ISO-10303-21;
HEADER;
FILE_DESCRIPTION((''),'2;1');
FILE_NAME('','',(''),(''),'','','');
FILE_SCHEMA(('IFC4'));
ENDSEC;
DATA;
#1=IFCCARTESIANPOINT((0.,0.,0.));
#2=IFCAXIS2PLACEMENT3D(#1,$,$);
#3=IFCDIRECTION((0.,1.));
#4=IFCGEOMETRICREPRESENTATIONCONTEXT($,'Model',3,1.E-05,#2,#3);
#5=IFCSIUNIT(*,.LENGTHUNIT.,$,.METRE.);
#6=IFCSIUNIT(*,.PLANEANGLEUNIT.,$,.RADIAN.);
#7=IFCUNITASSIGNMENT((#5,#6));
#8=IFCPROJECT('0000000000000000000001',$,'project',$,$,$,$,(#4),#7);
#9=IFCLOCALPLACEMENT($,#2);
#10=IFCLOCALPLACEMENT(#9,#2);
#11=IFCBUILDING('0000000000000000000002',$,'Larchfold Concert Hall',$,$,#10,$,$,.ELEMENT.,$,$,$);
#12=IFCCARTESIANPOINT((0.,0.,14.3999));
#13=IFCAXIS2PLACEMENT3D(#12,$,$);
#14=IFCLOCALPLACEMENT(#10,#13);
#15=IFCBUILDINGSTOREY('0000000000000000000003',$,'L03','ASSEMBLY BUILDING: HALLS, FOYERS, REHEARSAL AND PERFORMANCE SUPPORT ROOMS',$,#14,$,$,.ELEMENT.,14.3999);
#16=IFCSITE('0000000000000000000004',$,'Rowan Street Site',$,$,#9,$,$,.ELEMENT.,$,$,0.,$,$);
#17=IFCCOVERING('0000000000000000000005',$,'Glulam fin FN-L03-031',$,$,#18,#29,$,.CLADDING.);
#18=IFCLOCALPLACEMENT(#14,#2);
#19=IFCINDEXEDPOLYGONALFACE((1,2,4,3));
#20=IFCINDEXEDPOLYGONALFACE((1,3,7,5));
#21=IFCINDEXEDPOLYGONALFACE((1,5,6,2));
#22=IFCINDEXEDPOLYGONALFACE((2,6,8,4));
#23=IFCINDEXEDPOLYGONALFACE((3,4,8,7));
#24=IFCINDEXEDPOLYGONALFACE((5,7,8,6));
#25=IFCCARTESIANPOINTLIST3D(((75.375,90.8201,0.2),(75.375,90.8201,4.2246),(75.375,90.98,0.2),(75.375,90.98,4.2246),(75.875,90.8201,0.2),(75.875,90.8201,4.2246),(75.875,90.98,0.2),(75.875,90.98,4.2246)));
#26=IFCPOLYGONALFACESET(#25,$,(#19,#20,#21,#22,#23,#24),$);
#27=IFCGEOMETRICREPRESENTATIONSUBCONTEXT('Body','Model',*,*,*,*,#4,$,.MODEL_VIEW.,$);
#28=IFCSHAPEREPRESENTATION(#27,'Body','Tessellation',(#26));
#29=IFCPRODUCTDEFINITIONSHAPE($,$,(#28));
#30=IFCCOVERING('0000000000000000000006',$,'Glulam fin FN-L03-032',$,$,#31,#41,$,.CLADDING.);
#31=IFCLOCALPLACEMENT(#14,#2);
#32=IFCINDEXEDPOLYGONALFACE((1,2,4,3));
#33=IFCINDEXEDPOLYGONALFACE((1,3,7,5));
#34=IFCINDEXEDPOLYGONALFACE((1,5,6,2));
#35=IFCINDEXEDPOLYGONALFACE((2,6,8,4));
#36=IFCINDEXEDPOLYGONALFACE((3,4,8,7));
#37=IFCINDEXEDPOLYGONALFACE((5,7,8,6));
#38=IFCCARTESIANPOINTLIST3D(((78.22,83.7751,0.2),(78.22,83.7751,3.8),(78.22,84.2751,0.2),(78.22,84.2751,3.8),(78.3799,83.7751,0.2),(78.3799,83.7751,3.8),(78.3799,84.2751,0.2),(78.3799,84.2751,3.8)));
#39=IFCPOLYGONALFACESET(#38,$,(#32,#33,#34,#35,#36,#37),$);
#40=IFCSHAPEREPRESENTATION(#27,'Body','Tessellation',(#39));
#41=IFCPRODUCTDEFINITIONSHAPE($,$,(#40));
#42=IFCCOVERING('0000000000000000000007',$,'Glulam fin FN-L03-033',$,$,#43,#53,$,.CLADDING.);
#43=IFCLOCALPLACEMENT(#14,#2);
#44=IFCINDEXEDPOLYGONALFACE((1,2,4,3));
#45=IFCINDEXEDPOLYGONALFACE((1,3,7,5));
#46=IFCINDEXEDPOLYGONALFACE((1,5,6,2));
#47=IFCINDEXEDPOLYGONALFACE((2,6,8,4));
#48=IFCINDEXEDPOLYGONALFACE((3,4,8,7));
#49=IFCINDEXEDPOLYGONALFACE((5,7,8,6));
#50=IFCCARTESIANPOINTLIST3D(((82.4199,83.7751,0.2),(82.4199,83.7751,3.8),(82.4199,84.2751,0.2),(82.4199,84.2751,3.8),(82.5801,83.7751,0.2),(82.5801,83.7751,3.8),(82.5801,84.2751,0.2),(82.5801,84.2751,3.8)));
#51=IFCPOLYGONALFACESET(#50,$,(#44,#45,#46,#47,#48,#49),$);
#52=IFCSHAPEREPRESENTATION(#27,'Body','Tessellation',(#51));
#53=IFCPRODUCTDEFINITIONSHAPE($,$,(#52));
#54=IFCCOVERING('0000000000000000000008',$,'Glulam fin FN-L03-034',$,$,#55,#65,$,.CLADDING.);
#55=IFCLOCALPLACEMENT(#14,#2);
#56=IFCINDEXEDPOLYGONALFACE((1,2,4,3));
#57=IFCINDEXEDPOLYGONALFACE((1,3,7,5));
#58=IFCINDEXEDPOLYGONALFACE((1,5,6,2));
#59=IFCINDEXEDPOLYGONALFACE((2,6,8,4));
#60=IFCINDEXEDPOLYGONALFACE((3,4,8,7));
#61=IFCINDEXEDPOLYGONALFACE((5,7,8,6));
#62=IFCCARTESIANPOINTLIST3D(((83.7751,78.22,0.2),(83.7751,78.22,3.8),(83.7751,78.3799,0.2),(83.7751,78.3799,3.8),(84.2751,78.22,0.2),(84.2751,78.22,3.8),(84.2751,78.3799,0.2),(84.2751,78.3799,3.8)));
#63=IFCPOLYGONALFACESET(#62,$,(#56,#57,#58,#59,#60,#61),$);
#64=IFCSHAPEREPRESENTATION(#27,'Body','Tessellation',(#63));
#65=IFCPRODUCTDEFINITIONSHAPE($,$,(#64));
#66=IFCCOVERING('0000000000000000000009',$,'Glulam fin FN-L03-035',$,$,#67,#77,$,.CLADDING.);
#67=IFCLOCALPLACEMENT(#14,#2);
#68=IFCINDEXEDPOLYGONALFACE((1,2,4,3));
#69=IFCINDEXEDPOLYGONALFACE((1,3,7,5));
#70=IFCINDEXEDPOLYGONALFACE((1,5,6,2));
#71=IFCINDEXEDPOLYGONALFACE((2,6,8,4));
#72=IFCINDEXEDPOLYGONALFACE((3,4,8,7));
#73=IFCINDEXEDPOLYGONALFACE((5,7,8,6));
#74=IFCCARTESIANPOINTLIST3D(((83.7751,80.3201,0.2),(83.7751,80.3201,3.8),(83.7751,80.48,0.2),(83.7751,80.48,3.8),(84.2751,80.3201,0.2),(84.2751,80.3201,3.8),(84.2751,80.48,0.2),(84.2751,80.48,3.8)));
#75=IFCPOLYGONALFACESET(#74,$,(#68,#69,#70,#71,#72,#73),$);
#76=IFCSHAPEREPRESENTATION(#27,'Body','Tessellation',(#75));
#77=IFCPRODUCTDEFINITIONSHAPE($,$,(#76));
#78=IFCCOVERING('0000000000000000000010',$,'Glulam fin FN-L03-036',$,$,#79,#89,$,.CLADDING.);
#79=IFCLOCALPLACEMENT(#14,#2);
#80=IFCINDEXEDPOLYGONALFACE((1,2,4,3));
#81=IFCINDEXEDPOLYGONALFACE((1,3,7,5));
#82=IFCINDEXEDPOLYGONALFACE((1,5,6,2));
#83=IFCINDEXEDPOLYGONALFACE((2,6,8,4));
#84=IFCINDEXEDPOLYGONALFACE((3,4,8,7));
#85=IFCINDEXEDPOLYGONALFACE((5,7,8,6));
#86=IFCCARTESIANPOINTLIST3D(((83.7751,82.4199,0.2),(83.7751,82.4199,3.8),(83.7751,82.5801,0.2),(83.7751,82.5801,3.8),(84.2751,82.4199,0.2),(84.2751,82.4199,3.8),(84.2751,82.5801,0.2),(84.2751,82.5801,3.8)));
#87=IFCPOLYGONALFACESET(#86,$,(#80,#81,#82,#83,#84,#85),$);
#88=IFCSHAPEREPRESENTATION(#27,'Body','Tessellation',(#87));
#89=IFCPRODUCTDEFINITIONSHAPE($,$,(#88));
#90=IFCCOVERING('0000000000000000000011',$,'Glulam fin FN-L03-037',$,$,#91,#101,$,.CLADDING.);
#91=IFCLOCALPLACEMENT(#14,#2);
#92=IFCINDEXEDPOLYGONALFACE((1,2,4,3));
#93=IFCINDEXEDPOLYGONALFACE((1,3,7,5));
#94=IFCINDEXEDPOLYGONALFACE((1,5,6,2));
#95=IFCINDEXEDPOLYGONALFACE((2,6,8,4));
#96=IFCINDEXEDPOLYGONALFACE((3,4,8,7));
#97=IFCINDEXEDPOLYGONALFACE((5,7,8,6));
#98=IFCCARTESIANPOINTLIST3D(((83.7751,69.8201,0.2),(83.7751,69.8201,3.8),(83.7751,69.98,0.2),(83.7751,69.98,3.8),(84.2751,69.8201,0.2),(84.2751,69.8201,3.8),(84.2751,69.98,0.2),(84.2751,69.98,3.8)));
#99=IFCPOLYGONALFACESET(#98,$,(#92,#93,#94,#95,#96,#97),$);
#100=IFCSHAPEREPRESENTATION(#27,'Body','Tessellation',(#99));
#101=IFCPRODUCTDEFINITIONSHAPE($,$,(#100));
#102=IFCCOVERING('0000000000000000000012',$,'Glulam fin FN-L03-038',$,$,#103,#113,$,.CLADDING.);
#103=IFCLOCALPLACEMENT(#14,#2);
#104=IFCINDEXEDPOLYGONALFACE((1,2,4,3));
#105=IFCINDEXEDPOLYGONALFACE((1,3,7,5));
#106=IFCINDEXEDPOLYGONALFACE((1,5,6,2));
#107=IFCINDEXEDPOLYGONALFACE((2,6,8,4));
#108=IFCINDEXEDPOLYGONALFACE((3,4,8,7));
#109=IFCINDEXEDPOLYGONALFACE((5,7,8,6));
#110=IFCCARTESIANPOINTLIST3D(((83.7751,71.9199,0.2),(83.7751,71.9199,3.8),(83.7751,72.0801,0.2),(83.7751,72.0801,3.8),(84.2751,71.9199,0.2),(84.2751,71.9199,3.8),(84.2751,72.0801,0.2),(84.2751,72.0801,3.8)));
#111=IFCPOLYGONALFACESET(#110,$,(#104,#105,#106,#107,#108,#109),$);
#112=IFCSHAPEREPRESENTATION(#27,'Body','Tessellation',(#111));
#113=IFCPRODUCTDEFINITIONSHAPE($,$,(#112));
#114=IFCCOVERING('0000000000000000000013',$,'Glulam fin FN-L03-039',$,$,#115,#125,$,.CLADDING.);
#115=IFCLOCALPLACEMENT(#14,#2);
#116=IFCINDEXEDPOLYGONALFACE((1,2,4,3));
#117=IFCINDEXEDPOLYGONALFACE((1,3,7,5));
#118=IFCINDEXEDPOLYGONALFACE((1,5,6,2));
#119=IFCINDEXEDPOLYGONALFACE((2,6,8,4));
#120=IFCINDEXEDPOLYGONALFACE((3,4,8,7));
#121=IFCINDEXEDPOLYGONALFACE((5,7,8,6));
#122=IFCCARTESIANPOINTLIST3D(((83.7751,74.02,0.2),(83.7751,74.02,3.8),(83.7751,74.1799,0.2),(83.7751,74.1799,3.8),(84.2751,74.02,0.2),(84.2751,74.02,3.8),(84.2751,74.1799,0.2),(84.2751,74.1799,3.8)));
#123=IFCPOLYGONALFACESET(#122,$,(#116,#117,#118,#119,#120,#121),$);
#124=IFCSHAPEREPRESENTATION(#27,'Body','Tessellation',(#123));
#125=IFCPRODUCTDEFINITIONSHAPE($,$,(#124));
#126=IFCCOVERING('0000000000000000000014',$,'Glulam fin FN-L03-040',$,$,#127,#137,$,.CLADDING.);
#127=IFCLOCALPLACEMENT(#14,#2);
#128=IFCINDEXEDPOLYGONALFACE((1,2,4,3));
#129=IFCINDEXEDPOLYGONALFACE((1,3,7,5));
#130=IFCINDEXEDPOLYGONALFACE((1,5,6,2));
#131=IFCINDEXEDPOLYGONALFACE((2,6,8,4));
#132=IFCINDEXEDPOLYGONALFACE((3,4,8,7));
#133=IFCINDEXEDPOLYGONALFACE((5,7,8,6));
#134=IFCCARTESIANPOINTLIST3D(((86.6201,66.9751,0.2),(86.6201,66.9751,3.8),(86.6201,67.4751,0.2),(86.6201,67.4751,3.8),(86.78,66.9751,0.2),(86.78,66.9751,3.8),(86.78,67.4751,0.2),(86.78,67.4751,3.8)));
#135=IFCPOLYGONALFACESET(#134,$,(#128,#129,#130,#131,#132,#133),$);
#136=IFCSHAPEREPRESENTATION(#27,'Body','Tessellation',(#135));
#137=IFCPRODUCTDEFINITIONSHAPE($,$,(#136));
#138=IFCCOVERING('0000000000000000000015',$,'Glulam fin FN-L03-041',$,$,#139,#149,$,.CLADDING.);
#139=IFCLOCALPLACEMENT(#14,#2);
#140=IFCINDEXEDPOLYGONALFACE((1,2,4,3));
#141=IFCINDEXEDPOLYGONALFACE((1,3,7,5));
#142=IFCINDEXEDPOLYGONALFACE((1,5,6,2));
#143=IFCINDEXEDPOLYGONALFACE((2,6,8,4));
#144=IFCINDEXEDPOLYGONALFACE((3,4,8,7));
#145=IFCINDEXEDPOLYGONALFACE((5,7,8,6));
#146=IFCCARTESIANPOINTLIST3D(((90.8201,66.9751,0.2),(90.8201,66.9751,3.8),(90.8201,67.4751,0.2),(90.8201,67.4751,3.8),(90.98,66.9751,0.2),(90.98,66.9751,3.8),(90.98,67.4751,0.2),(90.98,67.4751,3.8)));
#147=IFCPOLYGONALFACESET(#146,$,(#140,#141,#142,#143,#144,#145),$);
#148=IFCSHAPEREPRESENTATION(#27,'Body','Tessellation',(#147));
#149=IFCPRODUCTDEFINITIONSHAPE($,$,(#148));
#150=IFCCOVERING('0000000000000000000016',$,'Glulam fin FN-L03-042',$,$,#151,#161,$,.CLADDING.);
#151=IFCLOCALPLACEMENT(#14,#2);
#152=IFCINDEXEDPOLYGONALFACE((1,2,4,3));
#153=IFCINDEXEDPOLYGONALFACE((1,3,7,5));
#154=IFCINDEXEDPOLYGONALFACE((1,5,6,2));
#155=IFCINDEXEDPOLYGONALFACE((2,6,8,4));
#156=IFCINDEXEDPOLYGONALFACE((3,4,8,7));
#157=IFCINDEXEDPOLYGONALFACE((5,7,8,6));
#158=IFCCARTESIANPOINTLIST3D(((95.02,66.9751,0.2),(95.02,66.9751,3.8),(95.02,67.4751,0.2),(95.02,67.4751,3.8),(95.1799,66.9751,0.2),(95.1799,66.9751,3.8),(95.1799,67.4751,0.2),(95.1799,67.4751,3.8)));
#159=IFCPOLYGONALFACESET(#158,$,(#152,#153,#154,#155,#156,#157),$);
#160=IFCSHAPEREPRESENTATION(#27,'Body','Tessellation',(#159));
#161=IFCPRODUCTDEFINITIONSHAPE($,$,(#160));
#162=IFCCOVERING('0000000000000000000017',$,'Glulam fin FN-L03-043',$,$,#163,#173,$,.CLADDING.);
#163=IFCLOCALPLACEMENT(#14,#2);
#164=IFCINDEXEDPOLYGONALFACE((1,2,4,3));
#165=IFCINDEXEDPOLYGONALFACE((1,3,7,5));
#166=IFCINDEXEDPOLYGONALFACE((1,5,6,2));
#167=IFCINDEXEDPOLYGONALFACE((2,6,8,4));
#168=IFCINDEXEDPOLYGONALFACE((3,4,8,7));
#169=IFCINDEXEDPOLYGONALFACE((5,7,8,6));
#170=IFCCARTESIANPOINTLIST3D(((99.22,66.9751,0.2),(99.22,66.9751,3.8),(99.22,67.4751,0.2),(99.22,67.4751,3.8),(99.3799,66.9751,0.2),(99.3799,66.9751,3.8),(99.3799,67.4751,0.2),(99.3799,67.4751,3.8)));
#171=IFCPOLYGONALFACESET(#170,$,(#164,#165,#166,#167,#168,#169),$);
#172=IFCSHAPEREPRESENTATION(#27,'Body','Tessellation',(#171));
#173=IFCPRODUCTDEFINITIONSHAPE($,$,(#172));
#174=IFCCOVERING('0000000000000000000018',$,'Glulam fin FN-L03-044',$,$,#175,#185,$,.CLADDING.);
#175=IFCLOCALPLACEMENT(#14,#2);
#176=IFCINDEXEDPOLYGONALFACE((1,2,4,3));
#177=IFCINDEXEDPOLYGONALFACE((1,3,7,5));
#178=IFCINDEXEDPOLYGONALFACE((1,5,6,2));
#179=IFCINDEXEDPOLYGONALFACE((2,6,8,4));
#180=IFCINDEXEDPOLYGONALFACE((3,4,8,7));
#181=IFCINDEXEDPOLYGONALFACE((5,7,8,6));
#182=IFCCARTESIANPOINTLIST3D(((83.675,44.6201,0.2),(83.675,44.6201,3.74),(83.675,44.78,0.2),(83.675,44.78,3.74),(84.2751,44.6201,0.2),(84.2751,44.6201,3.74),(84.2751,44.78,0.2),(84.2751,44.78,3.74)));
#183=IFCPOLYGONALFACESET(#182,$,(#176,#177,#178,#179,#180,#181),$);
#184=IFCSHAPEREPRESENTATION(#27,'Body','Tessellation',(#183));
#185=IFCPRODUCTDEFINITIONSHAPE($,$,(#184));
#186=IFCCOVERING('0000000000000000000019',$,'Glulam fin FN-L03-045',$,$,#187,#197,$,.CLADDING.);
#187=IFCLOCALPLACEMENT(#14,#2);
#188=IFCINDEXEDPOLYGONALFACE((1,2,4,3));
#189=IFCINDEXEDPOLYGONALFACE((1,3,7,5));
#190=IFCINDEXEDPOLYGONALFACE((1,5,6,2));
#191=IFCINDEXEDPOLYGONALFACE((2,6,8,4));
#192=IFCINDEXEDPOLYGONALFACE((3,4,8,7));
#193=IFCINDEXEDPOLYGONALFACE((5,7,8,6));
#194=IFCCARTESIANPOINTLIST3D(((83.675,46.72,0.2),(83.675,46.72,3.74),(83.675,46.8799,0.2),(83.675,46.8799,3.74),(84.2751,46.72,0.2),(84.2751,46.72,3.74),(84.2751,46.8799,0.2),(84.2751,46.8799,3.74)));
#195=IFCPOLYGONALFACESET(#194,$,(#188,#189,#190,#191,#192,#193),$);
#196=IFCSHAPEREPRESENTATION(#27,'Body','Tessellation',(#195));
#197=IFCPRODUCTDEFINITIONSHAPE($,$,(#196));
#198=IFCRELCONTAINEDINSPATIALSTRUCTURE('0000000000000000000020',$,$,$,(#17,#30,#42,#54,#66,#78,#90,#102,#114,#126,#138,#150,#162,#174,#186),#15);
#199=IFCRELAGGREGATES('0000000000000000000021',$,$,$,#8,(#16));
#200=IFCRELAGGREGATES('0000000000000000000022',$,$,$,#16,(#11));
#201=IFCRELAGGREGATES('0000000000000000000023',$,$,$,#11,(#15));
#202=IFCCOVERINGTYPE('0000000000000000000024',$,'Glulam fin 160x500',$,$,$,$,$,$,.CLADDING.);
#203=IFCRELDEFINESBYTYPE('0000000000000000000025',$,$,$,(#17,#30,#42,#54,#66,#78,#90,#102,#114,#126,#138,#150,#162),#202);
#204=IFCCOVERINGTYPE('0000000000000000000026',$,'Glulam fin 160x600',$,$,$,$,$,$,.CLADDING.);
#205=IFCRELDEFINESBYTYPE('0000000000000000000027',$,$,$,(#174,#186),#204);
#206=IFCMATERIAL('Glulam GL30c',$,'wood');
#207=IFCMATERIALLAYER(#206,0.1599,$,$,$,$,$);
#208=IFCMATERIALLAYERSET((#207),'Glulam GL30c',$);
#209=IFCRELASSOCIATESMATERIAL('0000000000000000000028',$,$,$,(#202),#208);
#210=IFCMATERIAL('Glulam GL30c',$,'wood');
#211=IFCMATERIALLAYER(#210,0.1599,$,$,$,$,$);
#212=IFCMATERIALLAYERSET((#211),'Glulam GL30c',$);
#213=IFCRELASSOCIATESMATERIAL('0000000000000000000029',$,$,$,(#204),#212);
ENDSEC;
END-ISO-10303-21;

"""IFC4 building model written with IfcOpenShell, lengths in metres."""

from ifc_helpers import new_model, si_unit, direction, frame, origin, place, context, subcontext, project, spatial, polyline, outline, extrude, material, layer, layer_set, type_object, element, save


model = new_model("IFC4")

# Units and contexts
model_context = context("Model", 3, precision=1e-05, world=origin(), true_north=direction((0.0, 1.0)))
body_context = subcontext(model_context, "Body", "Model", "MODEL_VIEW")
ifc_project = project(units=[si_unit("LENGTHUNIT", "METRE"), si_unit("PLANEANGLEUNIT", "RADIAN")], contexts=[model_context])

# Site, building, storey
site_placement = place(None, origin())
site = spatial("IfcSite", under=ifc_project, at=site_placement, Name="Rowan Street Site", CompositionType="ELEMENT", RefElevation=0.0)
building_placement = place(site_placement, origin())
building = spatial("IfcBuilding", under=site, at=building_placement, Name="Larchfold Concert Hall", CompositionType="ELEMENT")
storey_placement = place(building_placement, frame((0.0, 0.0, 14.3999)))
storey = spatial("IfcBuildingStorey", under=building, at=storey_placement, Name="L03", Description="ASSEMBLY BUILDING: HALLS, FOYERS, REHEARSAL AND PERFORMANCE SUPPORT ROOMS", CompositionType="ELEMENT", Elevation=14.3999)

# Coverings
ifc_material_1 = material(Name="Glulam GL30c", Category="wood")
ifc_layer_1 = layer(ifc_material_1, 0.1599)
ifc_layer_set_1 = layer_set([ifc_layer_1], Name="Glulam GL30c")
covering_type_1 = type_object("IfcCoveringType", Name="Glulam fin 160x500", PredefinedType="CLADDING", material=ifc_layer_set_1)
covering_1_placement = place(storey_placement, frame((0.0, 0.0, 0.2)))
element("IfcCovering", 1, at=covering_1_placement, inside=storey, type_object=covering_type_1, Name="Glulam fin FN-L03-031", PredefinedType="CLADDING", context=body_context, shape_type="SweptSolid", body=[
    extrude(outline(polyline([(75.875, 90.8201), (75.875, 90.98), (75.375, 90.98), (75.375, 90.8201), (75.875, 90.8201)])), origin(), (0.0, 0.0, 1.0), 4.0247),
])
covering_2_placement = place(storey_placement, frame((0.0, 0.0, 0.2)))
element("IfcCovering", 2, at=covering_2_placement, inside=storey, type_object=covering_type_1, Name="Glulam fin FN-L03-032", PredefinedType="CLADDING", context=body_context, shape_type="SweptSolid", body=[
    extrude(outline(polyline([(78.3799, 83.7751), (78.3799, 84.2751), (78.22, 84.2751), (78.22, 83.7751), (78.3799, 83.7751)])), origin(), (0.0, 0.0, 1.0), 3.6001),
])
covering_3_placement = place(storey_placement, frame((0.0, 0.0, 0.2)))
element("IfcCovering", 3, at=covering_3_placement, inside=storey, type_object=covering_type_1, Name="Glulam fin FN-L03-033", PredefinedType="CLADDING", context=body_context, shape_type="SweptSolid", body=[
    extrude(outline(polyline([(82.5801, 83.7751), (82.5801, 84.2751), (82.4199, 84.2751), (82.4199, 83.7751), (82.5801, 83.7751)])), origin(), (0.0, 0.0, 1.0), 3.6001),
])
covering_4_placement = place(storey_placement, frame((0.0, 0.0, 0.2)))
element("IfcCovering", 4, at=covering_4_placement, inside=storey, type_object=covering_type_1, Name="Glulam fin FN-L03-034", PredefinedType="CLADDING", context=body_context, shape_type="SweptSolid", body=[
    extrude(outline(polyline([(84.2751, 78.22), (84.2751, 78.3799), (83.7751, 78.3799), (83.7751, 78.22), (84.2751, 78.22)])), origin(), (0.0, 0.0, 1.0), 3.6001),
])
covering_5_placement = place(storey_placement, frame((0.0, 0.0, 0.2)))
element("IfcCovering", 5, at=covering_5_placement, inside=storey, type_object=covering_type_1, Name="Glulam fin FN-L03-035", PredefinedType="CLADDING", context=body_context, shape_type="SweptSolid", body=[
    extrude(outline(polyline([(84.2751, 80.3201), (84.2751, 80.48), (83.7751, 80.48), (83.7751, 80.3201), (84.2751, 80.3201)])), origin(), (0.0, 0.0, 1.0), 3.6001),
])
covering_6_placement = place(storey_placement, frame((0.0, 0.0, 0.2)))
element("IfcCovering", 6, at=covering_6_placement, inside=storey, type_object=covering_type_1, Name="Glulam fin FN-L03-036", PredefinedType="CLADDING", context=body_context, shape_type="SweptSolid", body=[
    extrude(outline(polyline([(84.2751, 82.4199), (84.2751, 82.5801), (83.7751, 82.5801), (83.7751, 82.4199), (84.2751, 82.4199)])), origin(), (0.0, 0.0, 1.0), 3.6001),
])
covering_7_placement = place(storey_placement, frame((0.0, 0.0, 0.2)))
element("IfcCovering", 7, at=covering_7_placement, inside=storey, type_object=covering_type_1, Name="Glulam fin FN-L03-037", PredefinedType="CLADDING", context=body_context, shape_type="SweptSolid", body=[
    extrude(outline(polyline([(84.2751, 69.8201), (84.2751, 69.98), (83.7751, 69.98), (83.7751, 69.8201), (84.2751, 69.8201)])), origin(), (0.0, 0.0, 1.0), 3.6001),
])
covering_8_placement = place(storey_placement, frame((0.0, 0.0, 0.2)))
element("IfcCovering", 8, at=covering_8_placement, inside=storey, type_object=covering_type_1, Name="Glulam fin FN-L03-038", PredefinedType="CLADDING", context=body_context, shape_type="SweptSolid", body=[
    extrude(outline(polyline([(84.2751, 71.9199), (84.2751, 72.0801), (83.7751, 72.0801), (83.7751, 71.9199), (84.2751, 71.9199)])), origin(), (0.0, 0.0, 1.0), 3.6001),
])
covering_9_placement = place(storey_placement, frame((0.0, 0.0, 0.2)))
element("IfcCovering", 9, at=covering_9_placement, inside=storey, type_object=covering_type_1, Name="Glulam fin FN-L03-039", PredefinedType="CLADDING", context=body_context, shape_type="SweptSolid", body=[
    extrude(outline(polyline([(84.2751, 74.02), (84.2751, 74.1799), (83.7751, 74.1799), (83.7751, 74.02), (84.2751, 74.02)])), origin(), (0.0, 0.0, 1.0), 3.6001),
])
covering_10_placement = place(storey_placement, frame((0.0, 0.0, 0.2)))
element("IfcCovering", 10, at=covering_10_placement, inside=storey, type_object=covering_type_1, Name="Glulam fin FN-L03-040", PredefinedType="CLADDING", context=body_context, shape_type="SweptSolid", body=[
    extrude(outline(polyline([(86.78, 66.9751), (86.78, 67.4751), (86.6201, 67.4751), (86.6201, 66.9751), (86.78, 66.9751)])), origin(), (0.0, 0.0, 1.0), 3.6001),
])
covering_11_placement = place(storey_placement, frame((0.0, 0.0, 0.2)))
element("IfcCovering", 11, at=covering_11_placement, inside=storey, type_object=covering_type_1, Name="Glulam fin FN-L03-041", PredefinedType="CLADDING", context=body_context, shape_type="SweptSolid", body=[
    extrude(outline(polyline([(90.98, 66.9751), (90.98, 67.4751), (90.8201, 67.4751), (90.8201, 66.9751), (90.98, 66.9751)])), origin(), (0.0, 0.0, 1.0), 3.6001),
])
covering_12_placement = place(storey_placement, frame((0.0, 0.0, 0.2)))
element("IfcCovering", 12, at=covering_12_placement, inside=storey, type_object=covering_type_1, Name="Glulam fin FN-L03-042", PredefinedType="CLADDING", context=body_context, shape_type="SweptSolid", body=[
    extrude(outline(polyline([(95.1799, 66.9751), (95.1799, 67.4751), (95.02, 67.4751), (95.02, 66.9751), (95.1799, 66.9751)])), origin(), (0.0, 0.0, 1.0), 3.6001),
])
covering_13_placement = place(storey_placement, frame((0.0, 0.0, 0.2)))
element("IfcCovering", 13, at=covering_13_placement, inside=storey, type_object=covering_type_1, Name="Glulam fin FN-L03-043", PredefinedType="CLADDING", context=body_context, shape_type="SweptSolid", body=[
    extrude(outline(polyline([(99.3799, 66.9751), (99.3799, 67.4751), (99.22, 67.4751), (99.22, 66.9751), (99.3799, 66.9751)])), origin(), (0.0, 0.0, 1.0), 3.6001),
])
ifc_material_2 = material(Name="Glulam GL30c", Category="wood")
ifc_layer_2 = layer(ifc_material_2, 0.1599)
ifc_layer_set_2 = layer_set([ifc_layer_2], Name="Glulam GL30c")
covering_type_2 = type_object("IfcCoveringType", Name="Glulam fin 160x600", PredefinedType="CLADDING", material=ifc_layer_set_2)
covering_14_placement = place(storey_placement, frame((0.0, 0.0, 0.2)))
element("IfcCovering", 14, at=covering_14_placement, inside=storey, type_object=covering_type_2, Name="Glulam fin FN-L03-044", PredefinedType="CLADDING", context=body_context, shape_type="SweptSolid", body=[
    extrude(outline(polyline([(84.2751, 44.6201), (84.2751, 44.78), (83.675, 44.78), (83.675, 44.6201), (84.2751, 44.6201)])), origin(), (0.0, 0.0, 1.0), 3.54),
])
covering_15_placement = place(storey_placement, frame((0.0, 0.0, 0.2)))
element("IfcCovering", 15, at=covering_15_placement, inside=storey, type_object=covering_type_2, Name="Glulam fin FN-L03-045", PredefinedType="CLADDING", context=body_context, shape_type="SweptSolid", body=[
    extrude(outline(polyline([(84.2751, 46.72), (84.2751, 46.8799), (83.675, 46.8799), (83.675, 46.72), (84.2751, 46.72)])), origin(), (0.0, 0.0, 1.0), 3.54),
])

save(model, "model.ifc")
